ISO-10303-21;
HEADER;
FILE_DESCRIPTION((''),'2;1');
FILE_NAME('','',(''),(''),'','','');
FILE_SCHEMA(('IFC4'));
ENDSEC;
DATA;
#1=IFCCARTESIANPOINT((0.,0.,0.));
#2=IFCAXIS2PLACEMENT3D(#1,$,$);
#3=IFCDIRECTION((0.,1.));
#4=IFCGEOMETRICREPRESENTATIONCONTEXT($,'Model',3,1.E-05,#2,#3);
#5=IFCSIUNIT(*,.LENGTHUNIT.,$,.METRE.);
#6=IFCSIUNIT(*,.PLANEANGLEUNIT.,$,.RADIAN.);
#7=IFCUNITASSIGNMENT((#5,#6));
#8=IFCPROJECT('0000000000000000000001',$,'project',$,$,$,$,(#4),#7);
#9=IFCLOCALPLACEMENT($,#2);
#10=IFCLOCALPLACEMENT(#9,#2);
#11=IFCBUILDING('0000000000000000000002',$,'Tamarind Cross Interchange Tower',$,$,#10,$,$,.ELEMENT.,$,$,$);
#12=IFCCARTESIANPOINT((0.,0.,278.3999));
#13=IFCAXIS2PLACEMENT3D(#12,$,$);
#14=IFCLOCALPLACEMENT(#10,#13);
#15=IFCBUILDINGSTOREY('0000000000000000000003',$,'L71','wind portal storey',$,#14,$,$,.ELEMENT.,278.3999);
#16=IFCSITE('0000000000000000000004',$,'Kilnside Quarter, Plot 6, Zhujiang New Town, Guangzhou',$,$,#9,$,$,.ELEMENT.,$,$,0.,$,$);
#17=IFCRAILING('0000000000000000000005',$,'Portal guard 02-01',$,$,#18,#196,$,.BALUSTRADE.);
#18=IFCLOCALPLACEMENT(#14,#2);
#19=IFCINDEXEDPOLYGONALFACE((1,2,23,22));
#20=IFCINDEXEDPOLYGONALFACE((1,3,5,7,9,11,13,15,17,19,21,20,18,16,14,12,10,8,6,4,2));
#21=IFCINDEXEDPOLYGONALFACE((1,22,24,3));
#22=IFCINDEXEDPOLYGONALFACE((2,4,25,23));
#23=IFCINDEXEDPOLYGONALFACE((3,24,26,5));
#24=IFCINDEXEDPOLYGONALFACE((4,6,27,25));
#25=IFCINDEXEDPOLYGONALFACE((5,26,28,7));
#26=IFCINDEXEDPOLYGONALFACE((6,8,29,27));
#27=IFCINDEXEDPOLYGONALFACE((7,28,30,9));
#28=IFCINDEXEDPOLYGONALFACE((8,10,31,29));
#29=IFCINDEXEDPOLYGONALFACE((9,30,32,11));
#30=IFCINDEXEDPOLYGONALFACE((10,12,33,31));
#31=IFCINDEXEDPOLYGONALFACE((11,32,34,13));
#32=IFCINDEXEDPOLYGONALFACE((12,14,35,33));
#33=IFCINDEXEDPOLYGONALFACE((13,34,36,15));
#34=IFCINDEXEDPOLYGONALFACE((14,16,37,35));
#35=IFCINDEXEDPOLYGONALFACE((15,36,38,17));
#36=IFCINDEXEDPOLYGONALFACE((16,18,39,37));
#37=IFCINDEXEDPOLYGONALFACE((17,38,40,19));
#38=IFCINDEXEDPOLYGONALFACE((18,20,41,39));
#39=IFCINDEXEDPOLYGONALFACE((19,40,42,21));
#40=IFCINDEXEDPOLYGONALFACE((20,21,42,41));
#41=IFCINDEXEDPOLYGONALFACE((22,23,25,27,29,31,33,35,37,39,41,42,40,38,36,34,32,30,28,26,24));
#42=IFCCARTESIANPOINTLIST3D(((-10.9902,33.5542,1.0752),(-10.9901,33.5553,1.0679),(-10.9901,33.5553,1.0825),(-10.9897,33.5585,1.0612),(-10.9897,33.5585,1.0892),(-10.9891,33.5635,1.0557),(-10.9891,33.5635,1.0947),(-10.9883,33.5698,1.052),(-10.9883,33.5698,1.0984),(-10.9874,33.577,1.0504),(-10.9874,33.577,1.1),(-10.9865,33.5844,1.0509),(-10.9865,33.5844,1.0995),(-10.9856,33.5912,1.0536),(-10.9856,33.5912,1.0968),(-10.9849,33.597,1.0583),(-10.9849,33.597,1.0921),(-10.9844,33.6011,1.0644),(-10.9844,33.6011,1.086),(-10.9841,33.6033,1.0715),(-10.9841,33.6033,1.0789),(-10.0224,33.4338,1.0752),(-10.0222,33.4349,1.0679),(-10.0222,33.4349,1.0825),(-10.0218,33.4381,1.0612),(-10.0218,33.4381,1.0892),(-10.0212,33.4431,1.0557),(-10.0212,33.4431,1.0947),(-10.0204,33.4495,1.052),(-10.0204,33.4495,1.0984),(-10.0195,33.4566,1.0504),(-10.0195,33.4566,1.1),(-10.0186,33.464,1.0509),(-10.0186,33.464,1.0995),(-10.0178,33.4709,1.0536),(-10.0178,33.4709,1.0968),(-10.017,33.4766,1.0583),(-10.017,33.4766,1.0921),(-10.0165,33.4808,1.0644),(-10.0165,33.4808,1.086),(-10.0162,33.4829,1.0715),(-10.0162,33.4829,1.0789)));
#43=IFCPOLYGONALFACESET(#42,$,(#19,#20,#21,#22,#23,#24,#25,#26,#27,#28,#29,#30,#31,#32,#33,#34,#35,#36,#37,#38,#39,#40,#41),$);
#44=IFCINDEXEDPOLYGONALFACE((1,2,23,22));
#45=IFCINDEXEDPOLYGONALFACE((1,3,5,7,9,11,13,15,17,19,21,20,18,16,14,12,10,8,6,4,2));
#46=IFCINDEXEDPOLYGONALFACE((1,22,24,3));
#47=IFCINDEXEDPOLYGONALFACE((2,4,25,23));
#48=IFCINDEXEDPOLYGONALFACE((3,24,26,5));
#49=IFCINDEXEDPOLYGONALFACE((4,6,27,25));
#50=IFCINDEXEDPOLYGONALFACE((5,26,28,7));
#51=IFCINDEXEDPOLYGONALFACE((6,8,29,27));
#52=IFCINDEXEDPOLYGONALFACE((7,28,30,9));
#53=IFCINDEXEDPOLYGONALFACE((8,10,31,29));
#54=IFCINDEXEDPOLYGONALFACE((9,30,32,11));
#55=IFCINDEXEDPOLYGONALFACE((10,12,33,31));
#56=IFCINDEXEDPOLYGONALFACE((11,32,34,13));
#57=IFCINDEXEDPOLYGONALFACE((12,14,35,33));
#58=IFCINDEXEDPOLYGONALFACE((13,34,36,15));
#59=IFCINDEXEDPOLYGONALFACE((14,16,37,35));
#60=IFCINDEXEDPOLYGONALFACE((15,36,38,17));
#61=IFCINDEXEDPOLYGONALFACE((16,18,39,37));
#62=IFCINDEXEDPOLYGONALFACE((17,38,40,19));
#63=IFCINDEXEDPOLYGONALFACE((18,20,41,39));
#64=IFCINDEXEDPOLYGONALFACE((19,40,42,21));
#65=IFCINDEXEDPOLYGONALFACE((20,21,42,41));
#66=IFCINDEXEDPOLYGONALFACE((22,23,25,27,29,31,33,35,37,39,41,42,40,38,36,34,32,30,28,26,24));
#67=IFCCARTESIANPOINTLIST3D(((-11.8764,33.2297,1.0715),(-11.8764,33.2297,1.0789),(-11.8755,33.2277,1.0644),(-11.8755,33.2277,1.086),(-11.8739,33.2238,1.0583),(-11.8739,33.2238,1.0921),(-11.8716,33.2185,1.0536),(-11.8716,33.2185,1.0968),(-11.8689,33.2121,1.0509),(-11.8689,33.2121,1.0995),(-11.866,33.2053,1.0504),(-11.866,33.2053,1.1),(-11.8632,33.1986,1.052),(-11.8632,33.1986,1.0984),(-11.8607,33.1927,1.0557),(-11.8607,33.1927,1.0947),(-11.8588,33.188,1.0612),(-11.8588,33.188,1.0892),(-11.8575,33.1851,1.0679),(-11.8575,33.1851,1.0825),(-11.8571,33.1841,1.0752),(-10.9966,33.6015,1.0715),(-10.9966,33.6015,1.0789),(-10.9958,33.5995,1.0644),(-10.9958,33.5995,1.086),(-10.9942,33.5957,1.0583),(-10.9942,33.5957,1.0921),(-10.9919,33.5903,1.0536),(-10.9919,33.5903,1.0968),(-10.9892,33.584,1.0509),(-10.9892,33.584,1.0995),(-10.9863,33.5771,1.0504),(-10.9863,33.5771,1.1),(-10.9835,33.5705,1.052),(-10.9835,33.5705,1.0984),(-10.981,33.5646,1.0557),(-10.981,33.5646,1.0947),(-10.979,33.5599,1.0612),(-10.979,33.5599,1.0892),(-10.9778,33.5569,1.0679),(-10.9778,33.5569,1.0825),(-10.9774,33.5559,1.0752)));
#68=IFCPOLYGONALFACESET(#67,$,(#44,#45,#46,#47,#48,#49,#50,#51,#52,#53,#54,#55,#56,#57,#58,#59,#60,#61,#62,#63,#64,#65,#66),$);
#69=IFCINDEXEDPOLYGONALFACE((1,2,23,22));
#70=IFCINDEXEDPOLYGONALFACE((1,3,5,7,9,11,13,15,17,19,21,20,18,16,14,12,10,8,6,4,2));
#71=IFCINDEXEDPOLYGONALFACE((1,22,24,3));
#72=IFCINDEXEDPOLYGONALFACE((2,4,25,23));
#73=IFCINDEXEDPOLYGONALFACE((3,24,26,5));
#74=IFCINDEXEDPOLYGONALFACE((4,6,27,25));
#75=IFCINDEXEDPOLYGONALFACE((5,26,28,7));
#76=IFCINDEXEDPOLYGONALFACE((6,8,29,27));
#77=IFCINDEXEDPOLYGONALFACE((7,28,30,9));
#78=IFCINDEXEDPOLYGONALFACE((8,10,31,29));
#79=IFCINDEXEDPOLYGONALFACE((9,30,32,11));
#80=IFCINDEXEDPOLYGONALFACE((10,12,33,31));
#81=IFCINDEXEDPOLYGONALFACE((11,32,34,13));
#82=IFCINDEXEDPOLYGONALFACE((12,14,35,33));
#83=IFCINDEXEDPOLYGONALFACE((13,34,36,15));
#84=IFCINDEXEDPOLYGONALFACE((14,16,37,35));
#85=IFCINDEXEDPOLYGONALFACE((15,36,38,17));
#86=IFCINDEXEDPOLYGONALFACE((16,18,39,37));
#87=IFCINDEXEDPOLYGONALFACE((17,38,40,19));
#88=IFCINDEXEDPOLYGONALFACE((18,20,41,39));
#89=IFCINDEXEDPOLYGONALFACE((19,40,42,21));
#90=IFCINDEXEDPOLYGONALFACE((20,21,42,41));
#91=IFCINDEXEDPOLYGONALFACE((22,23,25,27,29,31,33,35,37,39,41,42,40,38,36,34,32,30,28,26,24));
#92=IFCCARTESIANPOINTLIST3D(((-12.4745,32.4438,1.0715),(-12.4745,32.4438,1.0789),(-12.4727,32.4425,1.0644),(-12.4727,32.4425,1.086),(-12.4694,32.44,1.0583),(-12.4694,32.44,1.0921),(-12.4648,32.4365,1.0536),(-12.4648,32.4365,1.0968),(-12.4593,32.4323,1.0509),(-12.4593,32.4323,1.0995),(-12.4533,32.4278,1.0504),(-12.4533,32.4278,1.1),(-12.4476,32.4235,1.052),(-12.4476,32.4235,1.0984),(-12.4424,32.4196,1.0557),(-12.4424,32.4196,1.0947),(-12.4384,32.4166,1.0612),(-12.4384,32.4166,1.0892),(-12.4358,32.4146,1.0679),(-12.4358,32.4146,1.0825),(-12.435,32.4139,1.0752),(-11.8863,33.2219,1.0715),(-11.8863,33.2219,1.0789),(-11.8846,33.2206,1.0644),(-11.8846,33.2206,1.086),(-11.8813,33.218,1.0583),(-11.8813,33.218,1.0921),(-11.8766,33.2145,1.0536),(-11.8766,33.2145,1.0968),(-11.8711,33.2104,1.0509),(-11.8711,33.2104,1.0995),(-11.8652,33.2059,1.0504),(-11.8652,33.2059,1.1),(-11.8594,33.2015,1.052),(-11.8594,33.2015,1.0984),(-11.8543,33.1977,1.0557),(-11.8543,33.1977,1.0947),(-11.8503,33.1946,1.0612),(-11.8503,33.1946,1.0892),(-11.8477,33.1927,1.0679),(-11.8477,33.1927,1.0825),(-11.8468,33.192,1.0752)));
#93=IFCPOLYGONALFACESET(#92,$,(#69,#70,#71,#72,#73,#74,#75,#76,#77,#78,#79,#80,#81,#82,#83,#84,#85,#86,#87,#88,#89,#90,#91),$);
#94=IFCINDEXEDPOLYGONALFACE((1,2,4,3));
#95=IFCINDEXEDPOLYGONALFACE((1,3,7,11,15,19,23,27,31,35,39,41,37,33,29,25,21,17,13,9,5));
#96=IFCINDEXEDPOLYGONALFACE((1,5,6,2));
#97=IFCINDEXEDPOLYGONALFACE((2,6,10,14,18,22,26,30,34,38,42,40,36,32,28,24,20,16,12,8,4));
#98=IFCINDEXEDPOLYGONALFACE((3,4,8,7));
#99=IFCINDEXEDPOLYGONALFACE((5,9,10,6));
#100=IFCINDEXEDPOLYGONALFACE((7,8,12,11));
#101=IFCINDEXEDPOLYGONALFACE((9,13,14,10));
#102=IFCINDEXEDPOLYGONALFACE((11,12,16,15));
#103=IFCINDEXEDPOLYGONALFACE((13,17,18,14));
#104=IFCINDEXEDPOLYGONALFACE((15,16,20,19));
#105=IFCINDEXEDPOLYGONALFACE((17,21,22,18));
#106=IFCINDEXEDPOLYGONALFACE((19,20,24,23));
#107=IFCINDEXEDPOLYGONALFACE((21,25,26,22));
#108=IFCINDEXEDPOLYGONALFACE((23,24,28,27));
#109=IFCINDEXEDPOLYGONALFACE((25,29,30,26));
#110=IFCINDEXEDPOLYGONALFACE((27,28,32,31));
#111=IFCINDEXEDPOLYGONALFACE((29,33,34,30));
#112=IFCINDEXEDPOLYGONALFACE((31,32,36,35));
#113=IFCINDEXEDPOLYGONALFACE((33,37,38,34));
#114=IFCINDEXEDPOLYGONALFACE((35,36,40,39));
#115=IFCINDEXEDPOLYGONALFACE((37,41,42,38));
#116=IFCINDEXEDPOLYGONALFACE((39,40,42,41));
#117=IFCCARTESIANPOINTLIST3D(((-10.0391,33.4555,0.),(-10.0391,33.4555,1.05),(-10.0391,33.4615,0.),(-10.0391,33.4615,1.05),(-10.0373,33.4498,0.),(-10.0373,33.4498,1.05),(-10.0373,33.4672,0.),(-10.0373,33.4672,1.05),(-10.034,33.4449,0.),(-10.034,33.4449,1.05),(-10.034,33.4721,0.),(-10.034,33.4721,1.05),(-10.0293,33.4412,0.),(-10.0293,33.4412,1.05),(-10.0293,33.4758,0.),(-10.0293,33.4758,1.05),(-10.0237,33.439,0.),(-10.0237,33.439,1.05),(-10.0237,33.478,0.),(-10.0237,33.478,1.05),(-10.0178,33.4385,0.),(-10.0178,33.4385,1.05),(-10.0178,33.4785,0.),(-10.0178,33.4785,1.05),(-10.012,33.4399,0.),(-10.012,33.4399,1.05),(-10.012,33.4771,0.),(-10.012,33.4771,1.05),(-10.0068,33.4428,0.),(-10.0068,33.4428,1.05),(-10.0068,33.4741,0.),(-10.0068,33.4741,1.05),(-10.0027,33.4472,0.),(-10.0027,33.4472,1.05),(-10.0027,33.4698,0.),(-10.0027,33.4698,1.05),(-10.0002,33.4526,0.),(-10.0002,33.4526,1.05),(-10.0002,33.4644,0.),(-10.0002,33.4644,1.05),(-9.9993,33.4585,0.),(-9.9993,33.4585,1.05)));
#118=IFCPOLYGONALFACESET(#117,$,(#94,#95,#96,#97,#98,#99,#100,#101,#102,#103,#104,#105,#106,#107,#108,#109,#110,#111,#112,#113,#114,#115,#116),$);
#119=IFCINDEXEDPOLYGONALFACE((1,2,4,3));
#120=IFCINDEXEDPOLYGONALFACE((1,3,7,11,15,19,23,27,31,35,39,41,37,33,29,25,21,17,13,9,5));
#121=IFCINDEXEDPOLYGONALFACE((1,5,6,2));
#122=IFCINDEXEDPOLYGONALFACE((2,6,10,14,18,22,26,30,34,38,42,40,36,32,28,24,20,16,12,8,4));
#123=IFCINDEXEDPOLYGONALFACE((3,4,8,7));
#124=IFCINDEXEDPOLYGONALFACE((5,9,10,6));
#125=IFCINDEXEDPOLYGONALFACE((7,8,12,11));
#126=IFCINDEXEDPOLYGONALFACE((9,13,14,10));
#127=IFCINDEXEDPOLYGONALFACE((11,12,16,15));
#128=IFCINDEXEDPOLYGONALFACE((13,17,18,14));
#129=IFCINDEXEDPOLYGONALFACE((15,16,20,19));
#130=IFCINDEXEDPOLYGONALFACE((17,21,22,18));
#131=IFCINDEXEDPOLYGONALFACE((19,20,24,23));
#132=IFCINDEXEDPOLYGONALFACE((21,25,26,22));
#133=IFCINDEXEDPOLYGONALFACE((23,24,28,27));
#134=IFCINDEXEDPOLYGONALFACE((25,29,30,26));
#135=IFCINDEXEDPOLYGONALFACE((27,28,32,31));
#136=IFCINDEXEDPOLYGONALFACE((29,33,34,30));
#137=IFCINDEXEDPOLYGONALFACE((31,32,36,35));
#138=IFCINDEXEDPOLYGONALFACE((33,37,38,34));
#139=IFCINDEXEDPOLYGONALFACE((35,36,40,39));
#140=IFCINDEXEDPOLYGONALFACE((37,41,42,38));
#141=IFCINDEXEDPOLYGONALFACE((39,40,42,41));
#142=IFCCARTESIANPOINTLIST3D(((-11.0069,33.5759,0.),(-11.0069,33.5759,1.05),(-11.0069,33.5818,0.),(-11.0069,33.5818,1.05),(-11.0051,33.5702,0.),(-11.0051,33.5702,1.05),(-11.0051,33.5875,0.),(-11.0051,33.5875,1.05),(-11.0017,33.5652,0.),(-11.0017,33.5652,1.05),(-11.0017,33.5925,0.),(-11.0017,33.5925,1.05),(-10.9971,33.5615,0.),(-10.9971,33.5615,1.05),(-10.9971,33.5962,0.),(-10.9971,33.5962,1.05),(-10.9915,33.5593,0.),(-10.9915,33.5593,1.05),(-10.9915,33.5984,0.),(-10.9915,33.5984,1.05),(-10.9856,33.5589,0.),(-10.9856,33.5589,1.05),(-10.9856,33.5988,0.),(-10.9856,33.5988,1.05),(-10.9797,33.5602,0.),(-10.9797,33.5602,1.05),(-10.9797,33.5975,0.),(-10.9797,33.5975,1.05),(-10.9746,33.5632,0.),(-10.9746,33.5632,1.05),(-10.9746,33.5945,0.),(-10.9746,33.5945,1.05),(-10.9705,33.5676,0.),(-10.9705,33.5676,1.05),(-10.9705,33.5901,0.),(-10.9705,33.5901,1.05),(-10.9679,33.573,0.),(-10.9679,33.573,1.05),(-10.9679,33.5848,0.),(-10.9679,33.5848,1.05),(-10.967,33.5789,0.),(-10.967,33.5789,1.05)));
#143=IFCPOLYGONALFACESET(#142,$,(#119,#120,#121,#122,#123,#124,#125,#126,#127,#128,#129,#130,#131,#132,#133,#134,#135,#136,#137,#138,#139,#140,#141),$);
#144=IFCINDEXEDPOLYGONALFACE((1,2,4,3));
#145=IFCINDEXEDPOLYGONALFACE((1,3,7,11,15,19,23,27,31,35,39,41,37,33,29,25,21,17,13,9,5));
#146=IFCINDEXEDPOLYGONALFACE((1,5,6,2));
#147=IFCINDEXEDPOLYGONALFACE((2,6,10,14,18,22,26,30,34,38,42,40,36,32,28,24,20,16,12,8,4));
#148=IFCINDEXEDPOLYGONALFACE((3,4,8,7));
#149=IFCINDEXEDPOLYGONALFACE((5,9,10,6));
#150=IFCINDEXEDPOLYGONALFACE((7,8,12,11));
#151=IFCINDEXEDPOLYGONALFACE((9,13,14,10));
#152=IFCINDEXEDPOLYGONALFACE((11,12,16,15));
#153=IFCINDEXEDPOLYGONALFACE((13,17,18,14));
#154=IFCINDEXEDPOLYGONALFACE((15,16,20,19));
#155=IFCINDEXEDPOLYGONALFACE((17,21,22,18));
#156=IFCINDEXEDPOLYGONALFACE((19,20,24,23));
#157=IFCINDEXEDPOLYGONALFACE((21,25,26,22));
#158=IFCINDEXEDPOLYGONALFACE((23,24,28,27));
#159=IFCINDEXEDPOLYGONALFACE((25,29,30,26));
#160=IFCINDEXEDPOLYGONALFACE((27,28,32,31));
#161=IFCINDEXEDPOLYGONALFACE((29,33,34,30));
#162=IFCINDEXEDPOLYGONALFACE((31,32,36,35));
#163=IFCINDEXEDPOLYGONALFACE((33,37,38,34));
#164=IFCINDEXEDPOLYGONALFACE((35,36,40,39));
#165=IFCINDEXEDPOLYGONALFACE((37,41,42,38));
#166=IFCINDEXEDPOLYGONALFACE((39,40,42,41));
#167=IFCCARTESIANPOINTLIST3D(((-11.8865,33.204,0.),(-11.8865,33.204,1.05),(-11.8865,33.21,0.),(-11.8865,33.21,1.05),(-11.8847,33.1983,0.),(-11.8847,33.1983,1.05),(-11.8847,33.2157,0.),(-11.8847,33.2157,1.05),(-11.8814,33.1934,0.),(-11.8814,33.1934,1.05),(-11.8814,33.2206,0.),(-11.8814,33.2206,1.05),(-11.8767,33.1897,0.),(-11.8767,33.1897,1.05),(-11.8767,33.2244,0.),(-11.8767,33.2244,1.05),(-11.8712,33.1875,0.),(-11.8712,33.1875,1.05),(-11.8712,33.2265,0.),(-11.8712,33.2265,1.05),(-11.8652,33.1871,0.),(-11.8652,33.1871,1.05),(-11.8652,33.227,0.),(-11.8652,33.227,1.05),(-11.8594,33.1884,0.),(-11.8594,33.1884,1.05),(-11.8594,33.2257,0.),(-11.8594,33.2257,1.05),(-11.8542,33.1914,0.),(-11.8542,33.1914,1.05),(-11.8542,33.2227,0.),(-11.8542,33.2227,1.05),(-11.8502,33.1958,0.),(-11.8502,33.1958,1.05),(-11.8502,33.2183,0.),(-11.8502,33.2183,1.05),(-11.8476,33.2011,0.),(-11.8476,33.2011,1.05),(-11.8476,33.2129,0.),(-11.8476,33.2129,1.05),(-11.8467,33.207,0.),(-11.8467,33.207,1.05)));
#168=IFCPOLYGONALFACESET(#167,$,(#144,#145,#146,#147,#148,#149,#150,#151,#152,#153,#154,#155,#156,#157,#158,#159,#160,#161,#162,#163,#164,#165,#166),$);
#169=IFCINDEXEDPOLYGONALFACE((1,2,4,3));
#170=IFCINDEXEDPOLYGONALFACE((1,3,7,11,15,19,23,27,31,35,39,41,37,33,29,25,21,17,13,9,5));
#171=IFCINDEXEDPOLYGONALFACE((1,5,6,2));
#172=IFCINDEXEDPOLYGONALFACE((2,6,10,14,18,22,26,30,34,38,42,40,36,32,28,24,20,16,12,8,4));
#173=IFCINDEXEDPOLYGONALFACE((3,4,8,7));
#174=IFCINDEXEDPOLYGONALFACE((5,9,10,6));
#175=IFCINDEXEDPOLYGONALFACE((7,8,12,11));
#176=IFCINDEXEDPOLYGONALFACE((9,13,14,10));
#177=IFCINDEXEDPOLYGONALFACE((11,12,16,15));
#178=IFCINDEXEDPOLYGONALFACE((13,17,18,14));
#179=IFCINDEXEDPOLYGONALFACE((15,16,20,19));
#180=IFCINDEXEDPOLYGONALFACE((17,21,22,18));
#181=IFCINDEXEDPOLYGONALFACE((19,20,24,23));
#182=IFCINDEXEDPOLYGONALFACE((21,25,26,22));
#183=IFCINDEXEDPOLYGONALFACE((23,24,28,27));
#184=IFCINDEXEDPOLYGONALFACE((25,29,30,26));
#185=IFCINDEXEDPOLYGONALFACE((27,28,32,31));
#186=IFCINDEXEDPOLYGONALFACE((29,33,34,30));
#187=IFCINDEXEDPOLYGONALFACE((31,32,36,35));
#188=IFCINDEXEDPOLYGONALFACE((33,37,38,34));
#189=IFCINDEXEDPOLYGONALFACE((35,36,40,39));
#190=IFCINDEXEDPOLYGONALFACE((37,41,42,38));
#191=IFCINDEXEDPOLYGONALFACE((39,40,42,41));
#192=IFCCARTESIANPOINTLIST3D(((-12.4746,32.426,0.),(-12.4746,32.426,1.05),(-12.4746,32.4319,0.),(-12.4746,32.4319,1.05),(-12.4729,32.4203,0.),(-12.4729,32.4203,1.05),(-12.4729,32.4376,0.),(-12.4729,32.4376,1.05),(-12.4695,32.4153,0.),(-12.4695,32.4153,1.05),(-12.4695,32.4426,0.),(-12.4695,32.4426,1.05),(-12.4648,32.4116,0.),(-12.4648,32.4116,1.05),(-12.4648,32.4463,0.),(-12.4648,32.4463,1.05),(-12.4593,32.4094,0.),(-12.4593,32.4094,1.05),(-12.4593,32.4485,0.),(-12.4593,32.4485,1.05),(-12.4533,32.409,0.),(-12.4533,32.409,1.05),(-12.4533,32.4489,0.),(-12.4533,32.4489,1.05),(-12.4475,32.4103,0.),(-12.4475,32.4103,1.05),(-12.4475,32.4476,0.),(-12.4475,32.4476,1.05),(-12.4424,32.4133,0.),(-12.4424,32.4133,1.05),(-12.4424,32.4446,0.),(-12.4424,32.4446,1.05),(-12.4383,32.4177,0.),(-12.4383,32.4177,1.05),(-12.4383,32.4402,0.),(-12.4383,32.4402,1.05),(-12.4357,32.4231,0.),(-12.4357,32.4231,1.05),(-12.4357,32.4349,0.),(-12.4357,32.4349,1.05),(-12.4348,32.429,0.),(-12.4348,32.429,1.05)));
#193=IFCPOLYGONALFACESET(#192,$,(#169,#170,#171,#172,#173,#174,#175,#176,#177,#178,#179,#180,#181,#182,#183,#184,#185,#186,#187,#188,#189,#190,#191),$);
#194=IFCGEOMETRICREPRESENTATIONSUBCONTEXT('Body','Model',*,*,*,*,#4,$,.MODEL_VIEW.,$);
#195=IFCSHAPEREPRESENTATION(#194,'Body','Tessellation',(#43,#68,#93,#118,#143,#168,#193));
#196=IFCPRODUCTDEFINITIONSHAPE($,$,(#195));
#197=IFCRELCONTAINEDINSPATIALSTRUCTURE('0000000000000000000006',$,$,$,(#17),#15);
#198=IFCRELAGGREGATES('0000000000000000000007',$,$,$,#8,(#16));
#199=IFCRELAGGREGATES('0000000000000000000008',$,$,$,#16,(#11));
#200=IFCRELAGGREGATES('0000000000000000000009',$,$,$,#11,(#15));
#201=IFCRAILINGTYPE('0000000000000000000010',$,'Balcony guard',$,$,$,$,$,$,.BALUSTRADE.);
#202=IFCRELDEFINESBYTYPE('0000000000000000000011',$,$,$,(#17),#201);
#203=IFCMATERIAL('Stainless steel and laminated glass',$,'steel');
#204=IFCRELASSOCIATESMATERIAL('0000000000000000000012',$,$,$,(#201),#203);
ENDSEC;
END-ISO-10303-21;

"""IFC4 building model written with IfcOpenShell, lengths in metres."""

from ifc_helpers import new_model, si_unit, direction, frame, origin, origin_2d, place, context, subcontext, project, spatial, circle, extrude, material, type_object, element, save


model = new_model("IFC4")

# Units and contexts
model_context = context("Model", 3, precision=1e-05, world=origin(), true_north=direction((0.0, 1.0)))
body_context = subcontext(model_context, "Body", "Model", "MODEL_VIEW")
ifc_project = project(units=[si_unit("LENGTHUNIT", "METRE"), si_unit("PLANEANGLEUNIT", "RADIAN")], contexts=[model_context])

# Site, building, storey
site_placement = place(None, origin())
site = spatial("IfcSite", under=ifc_project, at=site_placement, Name="Kilnside Quarter, Plot 6, Zhujiang New Town, Guangzhou", CompositionType="ELEMENT", RefElevation=0.0)
building_placement = place(site_placement, origin())
building = spatial("IfcBuilding", under=site, at=building_placement, Name="Tamarind Cross Interchange Tower", CompositionType="ELEMENT")
storey_placement = place(building_placement, frame((0.0, 0.0, 278.3999)))
storey = spatial("IfcBuildingStorey", under=building, at=storey_placement, Name="L71", Description="wind portal storey", CompositionType="ELEMENT", Elevation=278.3999)

# Railing
ifc_material_1 = material(Name="Stainless steel and laminated glass", Category="steel")
railing_type_1 = type_object("IfcRailingType", Name="Balcony guard", PredefinedType="BALUSTRADE", material=ifc_material_1)
railing_1_placement = place(storey_placement, frame((-10.0193, 33.4585, 0.0)))
element("IfcRailing", 1, at=railing_1_placement, inside=storey, type_object=railing_type_1, Name="Portal guard 02-01", PredefinedType="BALUSTRADE", context=body_context, shape_type="SweptSolid", body=[
    extrude(circle(Radius=0.0249, at=origin_2d()), frame((0.0, 0.0, 1.0752), z_axis=(-0.992355, 0.123418, 0.0), x_axis=(-0.123418, -0.992355, 0.0)), (0.0, 0.0, 1.0), 0.9753),
    extrude(circle(Radius=0.0249, at=origin_2d()), frame((-0.9678, 0.1204, 1.0752), z_axis=(-0.921091, -0.389348, 0.0), x_axis=(0.389348, -0.921091, 0.0)), (0.0, 0.0, 1.0), 0.9551),
    extrude(circle(Radius=0.0249, at=origin_2d()), frame((-1.8474, -0.2515, 1.0752), z_axis=(-0.603, -0.797742, 0.0), x_axis=(0.797742, -0.603, 0.0)), (0.0, 0.0, 1.0), 0.9753),
    extrude(circle(Radius=0.02, at=origin_2d()), origin(), (0.0, 0.0, 1.0), 1.05),
    extrude(circle(Radius=0.02, at=origin_2d()), frame((-0.9678, 0.1204, 0.0)), (0.0, 0.0, 1.0), 1.05),
    extrude(circle(Radius=0.02, at=origin_2d()), frame((-1.8474, -0.2515, 0.0)), (0.0, 0.0, 1.0), 1.05),
    extrude(circle(Radius=0.02, at=origin_2d()), frame((-2.4355, -1.0295, 0.0)), (0.0, 0.0, 1.0), 1.05),
])

save(model, "model.ifc")
